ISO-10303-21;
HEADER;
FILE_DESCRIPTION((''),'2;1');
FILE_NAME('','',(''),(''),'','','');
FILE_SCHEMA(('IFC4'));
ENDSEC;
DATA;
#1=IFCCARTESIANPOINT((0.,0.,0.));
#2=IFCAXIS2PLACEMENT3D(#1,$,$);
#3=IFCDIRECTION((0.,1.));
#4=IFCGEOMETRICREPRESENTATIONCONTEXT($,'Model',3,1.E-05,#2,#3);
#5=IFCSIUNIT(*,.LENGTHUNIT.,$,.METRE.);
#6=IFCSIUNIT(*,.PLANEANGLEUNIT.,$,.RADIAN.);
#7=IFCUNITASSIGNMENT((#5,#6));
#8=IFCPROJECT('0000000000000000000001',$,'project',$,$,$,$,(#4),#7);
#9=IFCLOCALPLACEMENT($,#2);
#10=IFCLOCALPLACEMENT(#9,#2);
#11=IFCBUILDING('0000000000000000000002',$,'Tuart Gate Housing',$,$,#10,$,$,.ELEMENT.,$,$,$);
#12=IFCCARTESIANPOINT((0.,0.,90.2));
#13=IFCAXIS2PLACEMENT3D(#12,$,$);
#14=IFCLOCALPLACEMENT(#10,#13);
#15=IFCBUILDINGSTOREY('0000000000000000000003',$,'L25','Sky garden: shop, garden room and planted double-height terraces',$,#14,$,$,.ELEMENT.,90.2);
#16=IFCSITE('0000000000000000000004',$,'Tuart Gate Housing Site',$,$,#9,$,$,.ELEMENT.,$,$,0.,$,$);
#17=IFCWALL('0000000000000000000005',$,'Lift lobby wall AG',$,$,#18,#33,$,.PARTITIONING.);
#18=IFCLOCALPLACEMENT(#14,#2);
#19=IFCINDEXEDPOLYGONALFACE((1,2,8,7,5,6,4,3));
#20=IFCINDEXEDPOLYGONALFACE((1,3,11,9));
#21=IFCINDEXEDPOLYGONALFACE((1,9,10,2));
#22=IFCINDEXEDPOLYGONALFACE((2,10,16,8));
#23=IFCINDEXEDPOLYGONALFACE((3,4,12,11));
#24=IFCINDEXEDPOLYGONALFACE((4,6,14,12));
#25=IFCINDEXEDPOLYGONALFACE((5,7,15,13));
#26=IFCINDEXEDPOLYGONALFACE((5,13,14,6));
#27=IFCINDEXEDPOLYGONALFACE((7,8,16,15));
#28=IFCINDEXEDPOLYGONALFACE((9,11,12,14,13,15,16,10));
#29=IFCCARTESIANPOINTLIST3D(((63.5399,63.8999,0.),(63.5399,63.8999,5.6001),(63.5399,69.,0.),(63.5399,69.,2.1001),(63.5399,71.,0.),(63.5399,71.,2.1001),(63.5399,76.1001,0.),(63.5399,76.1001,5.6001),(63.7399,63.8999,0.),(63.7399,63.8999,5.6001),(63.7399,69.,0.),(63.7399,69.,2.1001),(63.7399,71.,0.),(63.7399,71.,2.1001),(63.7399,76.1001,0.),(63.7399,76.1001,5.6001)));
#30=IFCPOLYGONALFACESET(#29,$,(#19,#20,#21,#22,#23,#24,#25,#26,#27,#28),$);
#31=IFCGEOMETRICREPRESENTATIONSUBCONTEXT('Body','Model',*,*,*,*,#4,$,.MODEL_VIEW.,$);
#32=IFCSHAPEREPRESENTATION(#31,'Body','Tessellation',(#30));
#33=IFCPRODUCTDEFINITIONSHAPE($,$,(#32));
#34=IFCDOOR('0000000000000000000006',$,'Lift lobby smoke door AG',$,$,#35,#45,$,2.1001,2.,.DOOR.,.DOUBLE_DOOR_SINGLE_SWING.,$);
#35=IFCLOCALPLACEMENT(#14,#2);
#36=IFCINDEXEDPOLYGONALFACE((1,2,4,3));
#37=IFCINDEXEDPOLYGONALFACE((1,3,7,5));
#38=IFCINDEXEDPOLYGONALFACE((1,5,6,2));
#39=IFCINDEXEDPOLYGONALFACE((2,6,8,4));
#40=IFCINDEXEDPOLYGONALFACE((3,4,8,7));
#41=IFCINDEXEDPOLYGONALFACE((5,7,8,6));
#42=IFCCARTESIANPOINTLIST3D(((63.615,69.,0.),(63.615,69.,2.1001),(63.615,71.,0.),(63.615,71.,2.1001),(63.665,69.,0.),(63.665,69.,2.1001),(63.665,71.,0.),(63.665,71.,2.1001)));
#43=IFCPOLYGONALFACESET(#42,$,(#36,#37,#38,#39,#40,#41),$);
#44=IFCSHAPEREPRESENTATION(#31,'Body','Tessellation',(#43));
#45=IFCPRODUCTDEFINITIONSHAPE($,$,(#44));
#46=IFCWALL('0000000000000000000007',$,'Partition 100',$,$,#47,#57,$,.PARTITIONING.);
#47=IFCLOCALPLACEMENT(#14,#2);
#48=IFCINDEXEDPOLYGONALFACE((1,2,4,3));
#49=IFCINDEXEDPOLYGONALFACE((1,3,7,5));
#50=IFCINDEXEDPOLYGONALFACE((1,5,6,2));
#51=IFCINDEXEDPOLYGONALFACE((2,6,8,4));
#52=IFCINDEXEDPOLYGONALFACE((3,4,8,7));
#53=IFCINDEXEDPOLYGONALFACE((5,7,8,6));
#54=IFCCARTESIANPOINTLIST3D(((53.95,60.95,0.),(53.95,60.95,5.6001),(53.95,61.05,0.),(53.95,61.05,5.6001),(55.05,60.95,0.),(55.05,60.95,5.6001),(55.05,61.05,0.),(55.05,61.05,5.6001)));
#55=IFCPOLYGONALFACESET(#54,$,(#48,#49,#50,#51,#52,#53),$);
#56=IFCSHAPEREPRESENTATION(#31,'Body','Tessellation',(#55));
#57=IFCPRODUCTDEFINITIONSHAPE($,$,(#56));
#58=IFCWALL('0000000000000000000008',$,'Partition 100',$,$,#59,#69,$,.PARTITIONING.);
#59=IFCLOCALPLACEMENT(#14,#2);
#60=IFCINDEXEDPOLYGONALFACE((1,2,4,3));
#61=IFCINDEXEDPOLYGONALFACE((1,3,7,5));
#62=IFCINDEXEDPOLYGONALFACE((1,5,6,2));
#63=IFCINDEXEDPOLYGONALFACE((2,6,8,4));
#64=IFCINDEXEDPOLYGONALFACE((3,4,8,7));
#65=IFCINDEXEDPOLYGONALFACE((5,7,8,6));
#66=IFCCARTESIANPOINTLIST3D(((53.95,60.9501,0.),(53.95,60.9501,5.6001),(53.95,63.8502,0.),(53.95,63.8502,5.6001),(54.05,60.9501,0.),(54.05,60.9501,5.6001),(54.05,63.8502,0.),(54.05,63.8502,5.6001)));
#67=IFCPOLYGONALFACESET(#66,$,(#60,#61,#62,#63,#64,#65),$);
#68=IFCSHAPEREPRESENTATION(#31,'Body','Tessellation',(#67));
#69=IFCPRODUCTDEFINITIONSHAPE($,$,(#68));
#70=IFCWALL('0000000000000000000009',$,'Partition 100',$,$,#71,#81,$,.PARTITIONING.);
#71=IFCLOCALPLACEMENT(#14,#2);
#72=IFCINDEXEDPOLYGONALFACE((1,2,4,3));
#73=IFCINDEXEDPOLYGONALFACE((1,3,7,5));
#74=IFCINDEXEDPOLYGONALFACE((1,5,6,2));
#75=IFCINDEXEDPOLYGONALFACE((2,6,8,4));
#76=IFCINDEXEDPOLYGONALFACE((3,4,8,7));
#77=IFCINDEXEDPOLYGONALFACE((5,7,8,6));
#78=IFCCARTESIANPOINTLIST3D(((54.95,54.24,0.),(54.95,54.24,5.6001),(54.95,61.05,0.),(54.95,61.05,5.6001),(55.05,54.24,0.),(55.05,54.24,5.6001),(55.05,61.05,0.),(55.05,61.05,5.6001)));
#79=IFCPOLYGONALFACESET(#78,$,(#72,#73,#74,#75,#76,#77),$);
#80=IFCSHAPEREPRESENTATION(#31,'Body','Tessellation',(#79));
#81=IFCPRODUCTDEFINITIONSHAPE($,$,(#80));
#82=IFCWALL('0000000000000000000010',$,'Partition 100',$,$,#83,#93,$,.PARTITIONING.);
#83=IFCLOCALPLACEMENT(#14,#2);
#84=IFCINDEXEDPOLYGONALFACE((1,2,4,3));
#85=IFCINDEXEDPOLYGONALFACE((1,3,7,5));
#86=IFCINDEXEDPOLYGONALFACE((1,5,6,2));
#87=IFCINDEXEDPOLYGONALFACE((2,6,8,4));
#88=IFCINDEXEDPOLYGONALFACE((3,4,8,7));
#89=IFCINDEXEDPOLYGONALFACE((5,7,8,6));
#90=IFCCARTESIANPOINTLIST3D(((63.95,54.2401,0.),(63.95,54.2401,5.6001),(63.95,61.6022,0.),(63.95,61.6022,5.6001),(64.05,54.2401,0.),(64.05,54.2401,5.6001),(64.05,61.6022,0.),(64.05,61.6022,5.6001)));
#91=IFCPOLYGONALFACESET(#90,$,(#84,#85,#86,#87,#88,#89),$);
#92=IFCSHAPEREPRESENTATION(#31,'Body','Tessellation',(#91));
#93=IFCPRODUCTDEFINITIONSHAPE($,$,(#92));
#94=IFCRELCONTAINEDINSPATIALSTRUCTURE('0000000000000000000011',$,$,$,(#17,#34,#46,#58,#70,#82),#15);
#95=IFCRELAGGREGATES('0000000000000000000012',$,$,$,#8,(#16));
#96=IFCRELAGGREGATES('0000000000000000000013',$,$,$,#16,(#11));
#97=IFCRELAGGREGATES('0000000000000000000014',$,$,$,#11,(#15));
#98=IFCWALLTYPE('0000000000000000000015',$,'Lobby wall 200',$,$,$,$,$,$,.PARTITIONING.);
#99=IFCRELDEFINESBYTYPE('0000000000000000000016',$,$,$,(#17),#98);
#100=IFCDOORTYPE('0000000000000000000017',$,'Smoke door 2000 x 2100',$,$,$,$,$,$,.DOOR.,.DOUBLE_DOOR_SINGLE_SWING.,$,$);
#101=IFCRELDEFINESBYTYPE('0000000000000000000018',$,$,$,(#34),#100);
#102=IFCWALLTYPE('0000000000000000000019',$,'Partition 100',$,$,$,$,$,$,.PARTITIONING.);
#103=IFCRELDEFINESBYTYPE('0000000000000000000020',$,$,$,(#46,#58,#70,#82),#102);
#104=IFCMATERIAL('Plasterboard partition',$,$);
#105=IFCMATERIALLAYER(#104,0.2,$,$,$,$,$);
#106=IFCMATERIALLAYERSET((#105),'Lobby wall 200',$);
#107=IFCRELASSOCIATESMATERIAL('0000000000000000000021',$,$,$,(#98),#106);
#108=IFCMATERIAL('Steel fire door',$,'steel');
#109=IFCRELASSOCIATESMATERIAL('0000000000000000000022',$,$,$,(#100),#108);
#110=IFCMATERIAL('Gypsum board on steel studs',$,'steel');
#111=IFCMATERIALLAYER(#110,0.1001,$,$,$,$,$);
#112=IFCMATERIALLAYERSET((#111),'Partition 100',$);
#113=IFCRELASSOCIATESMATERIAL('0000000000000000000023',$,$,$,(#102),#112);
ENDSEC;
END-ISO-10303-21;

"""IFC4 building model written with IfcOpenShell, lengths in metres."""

from ifc_helpers import new_model, si_unit, direction, frame, frame_2d, origin, place, context, subcontext, project, spatial, rectangle, extrude, material, layer, layer_set, type_object, element, fill, save


model = new_model("IFC4")

# Units and contexts
model_context = context("Model", 3, precision=1e-05, world=origin(), true_north=direction((0.0, 1.0)))
body_context = subcontext(model_context, "Body", "Model", "MODEL_VIEW")
ifc_project = project(units=[si_unit("LENGTHUNIT", "METRE"), si_unit("PLANEANGLEUNIT", "RADIAN")], contexts=[model_context])

# Site, building, storey
site_placement = place(None, origin())
site = spatial("IfcSite", under=ifc_project, at=site_placement, Name="Tuart Gate Housing Site", CompositionType="ELEMENT", RefElevation=0.0)
building_placement = place(site_placement, origin())
building = spatial("IfcBuilding", under=site, at=building_placement, Name="Tuart Gate Housing", CompositionType="ELEMENT")
storey_placement = place(building_placement, frame((0.0, 0.0, 90.2)))
storey = spatial("IfcBuildingStorey", under=building, at=storey_placement, Name="L25", Description="Sky garden: shop, garden room and planted double-height terraces", CompositionType="ELEMENT", Elevation=90.2)

# Wall, opening, door
ifc_material_1 = material(Name="Plasterboard partition")
ifc_layer_1 = layer(ifc_material_1, 0.2)
ifc_layer_set_1 = layer_set([ifc_layer_1], Name="Lobby wall 200")
wall_type_1 = type_object("IfcWallType", Name="Lobby wall 200", PredefinedType="PARTITIONING", material=ifc_layer_set_1)
wall_1_placement = place(storey_placement, frame((63.6399, 63.8999, 0.0), z_axis=(0.0, 0.0, 1.0), x_axis=(0.0, 1.0, 0.0)))
wall_1 = element("IfcWall", 1, at=wall_1_placement, inside=storey, type_object=wall_type_1, Name="Lift lobby wall AG", PredefinedType="PARTITIONING", context=body_context, shape_type="SweptSolid", body=[
    extrude(rectangle(XDim=12.2002, YDim=0.2, at=frame_2d((6.1001, 0.0))), origin(), (0.0, 0.0, 1.0), 5.6001),
])
opening_1_placement = place(wall_1_placement, frame((5.1001, 0.0, 0.0)))
opening_1 = element("IfcOpeningElement", 2, at=opening_1_placement, cuts=wall_1, PredefinedType="OPENING", context=body_context, shape_type="SweptSolid", body=[
    extrude(rectangle(XDim=2.0, YDim=2.1001, at=frame_2d((1.0, 1.05))), frame((0.0, 0.1099, 0.0), z_axis=(0.0, -1.0, 0.0), x_axis=(1.0, 0.0, 0.0)), (0.0, 0.0, 1.0), 0.22),
])
ifc_material_2 = material(Name="Steel fire door", Category="steel")
door_type_1 = type_object("IfcDoorType", Name="Smoke door 2000 x 2100", OperationType="DOUBLE_DOOR_SINGLE_SWING", PredefinedType="DOOR", material=ifc_material_2)
door_1_placement = place(opening_1_placement, frame((2.0, 0.0, 0.0), z_axis=(0.0, 0.0, 1.0), x_axis=(-1.0, 0.0, 0.0)))
door_1 = element("IfcDoor", 3, at=door_1_placement, inside=storey, type_object=door_type_1, Name="Lift lobby smoke door AG", OperationType="DOUBLE_DOOR_SINGLE_SWING", OverallHeight=2.1001, OverallWidth=2.0, PredefinedType="DOOR", context=body_context, shape_type="SweptSolid", body=[
    extrude(rectangle(XDim=2.0, YDim=2.1001, at=frame_2d((1.0, 1.05))), frame((0.0, 0.0251, 0.0), z_axis=(0.0, -1.0, 0.0), x_axis=(1.0, 0.0, 0.0)), (0.0, 0.0, 1.0), 0.05),
])
fill(opening_1, door_1)

# Walls
ifc_material_3 = material(Name="Gypsum board on steel studs", Category="steel")
ifc_layer_2 = layer(ifc_material_3, 0.1001)
ifc_layer_set_2 = layer_set([ifc_layer_2], Name="Partition 100")
wall_type_2 = type_object("IfcWallType", Name="Partition 100", PredefinedType="PARTITIONING", material=ifc_layer_set_2)
wall_2_placement = place(storey_placement, frame((53.95, 61.0, 0.0), z_axis=(0.0, 0.0, 1.0), x_axis=(1.0, 0.0, 0.0)))
element("IfcWall", 4, at=wall_2_placement, inside=storey, type_object=wall_type_2, Name="Partition 100", PredefinedType="PARTITIONING", context=body_context, shape_type="SweptSolid", body=[
    extrude(rectangle(XDim=1.1001, YDim=0.1001, at=frame_2d((0.55, 0.0))), origin(), (0.0, 0.0, 1.0), 5.6001),
])
wall_3_placement = place(storey_placement, frame((54.0, 60.95, 0.0), z_axis=(0.0, 0.0, 1.0), x_axis=(0.0, 1.0, 0.0)))
element("IfcWall", 5, at=wall_3_placement, inside=storey, type_object=wall_type_2, Name="Partition 100", PredefinedType="PARTITIONING", context=body_context, shape_type="SweptSolid", body=[
    extrude(rectangle(XDim=2.9001, YDim=0.1001, at=frame_2d((1.4502, 0.0))), origin(), (0.0, 0.0, 1.0), 5.6001),
])
wall_4_placement = place(storey_placement, frame((55.0, 54.24, 0.0), z_axis=(0.0, 0.0, 1.0), x_axis=(0.0, 1.0, 0.0)))
element("IfcWall", 6, at=wall_4_placement, inside=storey, type_object=wall_type_2, Name="Partition 100", PredefinedType="PARTITIONING", context=body_context, shape_type="SweptSolid", body=[
    extrude(rectangle(XDim=6.8101, YDim=0.1001, at=frame_2d((3.405, 0.0))), origin(), (0.0, 0.0, 1.0), 5.6001),
])
wall_5_placement = place(storey_placement, frame((64.0, 54.24, 0.0), z_axis=(0.0, 0.0, 1.0), x_axis=(0.0, 1.0, 0.0)))
element("IfcWall", 7, at=wall_5_placement, inside=storey, type_object=wall_type_2, Name="Partition 100", PredefinedType="PARTITIONING", context=body_context, shape_type="SweptSolid", body=[
    extrude(rectangle(XDim=7.3621, YDim=0.1001, at=frame_2d((3.6812, 0.0))), origin(), (0.0, 0.0, 1.0), 5.6001),
])

save(model, "model.ifc")
